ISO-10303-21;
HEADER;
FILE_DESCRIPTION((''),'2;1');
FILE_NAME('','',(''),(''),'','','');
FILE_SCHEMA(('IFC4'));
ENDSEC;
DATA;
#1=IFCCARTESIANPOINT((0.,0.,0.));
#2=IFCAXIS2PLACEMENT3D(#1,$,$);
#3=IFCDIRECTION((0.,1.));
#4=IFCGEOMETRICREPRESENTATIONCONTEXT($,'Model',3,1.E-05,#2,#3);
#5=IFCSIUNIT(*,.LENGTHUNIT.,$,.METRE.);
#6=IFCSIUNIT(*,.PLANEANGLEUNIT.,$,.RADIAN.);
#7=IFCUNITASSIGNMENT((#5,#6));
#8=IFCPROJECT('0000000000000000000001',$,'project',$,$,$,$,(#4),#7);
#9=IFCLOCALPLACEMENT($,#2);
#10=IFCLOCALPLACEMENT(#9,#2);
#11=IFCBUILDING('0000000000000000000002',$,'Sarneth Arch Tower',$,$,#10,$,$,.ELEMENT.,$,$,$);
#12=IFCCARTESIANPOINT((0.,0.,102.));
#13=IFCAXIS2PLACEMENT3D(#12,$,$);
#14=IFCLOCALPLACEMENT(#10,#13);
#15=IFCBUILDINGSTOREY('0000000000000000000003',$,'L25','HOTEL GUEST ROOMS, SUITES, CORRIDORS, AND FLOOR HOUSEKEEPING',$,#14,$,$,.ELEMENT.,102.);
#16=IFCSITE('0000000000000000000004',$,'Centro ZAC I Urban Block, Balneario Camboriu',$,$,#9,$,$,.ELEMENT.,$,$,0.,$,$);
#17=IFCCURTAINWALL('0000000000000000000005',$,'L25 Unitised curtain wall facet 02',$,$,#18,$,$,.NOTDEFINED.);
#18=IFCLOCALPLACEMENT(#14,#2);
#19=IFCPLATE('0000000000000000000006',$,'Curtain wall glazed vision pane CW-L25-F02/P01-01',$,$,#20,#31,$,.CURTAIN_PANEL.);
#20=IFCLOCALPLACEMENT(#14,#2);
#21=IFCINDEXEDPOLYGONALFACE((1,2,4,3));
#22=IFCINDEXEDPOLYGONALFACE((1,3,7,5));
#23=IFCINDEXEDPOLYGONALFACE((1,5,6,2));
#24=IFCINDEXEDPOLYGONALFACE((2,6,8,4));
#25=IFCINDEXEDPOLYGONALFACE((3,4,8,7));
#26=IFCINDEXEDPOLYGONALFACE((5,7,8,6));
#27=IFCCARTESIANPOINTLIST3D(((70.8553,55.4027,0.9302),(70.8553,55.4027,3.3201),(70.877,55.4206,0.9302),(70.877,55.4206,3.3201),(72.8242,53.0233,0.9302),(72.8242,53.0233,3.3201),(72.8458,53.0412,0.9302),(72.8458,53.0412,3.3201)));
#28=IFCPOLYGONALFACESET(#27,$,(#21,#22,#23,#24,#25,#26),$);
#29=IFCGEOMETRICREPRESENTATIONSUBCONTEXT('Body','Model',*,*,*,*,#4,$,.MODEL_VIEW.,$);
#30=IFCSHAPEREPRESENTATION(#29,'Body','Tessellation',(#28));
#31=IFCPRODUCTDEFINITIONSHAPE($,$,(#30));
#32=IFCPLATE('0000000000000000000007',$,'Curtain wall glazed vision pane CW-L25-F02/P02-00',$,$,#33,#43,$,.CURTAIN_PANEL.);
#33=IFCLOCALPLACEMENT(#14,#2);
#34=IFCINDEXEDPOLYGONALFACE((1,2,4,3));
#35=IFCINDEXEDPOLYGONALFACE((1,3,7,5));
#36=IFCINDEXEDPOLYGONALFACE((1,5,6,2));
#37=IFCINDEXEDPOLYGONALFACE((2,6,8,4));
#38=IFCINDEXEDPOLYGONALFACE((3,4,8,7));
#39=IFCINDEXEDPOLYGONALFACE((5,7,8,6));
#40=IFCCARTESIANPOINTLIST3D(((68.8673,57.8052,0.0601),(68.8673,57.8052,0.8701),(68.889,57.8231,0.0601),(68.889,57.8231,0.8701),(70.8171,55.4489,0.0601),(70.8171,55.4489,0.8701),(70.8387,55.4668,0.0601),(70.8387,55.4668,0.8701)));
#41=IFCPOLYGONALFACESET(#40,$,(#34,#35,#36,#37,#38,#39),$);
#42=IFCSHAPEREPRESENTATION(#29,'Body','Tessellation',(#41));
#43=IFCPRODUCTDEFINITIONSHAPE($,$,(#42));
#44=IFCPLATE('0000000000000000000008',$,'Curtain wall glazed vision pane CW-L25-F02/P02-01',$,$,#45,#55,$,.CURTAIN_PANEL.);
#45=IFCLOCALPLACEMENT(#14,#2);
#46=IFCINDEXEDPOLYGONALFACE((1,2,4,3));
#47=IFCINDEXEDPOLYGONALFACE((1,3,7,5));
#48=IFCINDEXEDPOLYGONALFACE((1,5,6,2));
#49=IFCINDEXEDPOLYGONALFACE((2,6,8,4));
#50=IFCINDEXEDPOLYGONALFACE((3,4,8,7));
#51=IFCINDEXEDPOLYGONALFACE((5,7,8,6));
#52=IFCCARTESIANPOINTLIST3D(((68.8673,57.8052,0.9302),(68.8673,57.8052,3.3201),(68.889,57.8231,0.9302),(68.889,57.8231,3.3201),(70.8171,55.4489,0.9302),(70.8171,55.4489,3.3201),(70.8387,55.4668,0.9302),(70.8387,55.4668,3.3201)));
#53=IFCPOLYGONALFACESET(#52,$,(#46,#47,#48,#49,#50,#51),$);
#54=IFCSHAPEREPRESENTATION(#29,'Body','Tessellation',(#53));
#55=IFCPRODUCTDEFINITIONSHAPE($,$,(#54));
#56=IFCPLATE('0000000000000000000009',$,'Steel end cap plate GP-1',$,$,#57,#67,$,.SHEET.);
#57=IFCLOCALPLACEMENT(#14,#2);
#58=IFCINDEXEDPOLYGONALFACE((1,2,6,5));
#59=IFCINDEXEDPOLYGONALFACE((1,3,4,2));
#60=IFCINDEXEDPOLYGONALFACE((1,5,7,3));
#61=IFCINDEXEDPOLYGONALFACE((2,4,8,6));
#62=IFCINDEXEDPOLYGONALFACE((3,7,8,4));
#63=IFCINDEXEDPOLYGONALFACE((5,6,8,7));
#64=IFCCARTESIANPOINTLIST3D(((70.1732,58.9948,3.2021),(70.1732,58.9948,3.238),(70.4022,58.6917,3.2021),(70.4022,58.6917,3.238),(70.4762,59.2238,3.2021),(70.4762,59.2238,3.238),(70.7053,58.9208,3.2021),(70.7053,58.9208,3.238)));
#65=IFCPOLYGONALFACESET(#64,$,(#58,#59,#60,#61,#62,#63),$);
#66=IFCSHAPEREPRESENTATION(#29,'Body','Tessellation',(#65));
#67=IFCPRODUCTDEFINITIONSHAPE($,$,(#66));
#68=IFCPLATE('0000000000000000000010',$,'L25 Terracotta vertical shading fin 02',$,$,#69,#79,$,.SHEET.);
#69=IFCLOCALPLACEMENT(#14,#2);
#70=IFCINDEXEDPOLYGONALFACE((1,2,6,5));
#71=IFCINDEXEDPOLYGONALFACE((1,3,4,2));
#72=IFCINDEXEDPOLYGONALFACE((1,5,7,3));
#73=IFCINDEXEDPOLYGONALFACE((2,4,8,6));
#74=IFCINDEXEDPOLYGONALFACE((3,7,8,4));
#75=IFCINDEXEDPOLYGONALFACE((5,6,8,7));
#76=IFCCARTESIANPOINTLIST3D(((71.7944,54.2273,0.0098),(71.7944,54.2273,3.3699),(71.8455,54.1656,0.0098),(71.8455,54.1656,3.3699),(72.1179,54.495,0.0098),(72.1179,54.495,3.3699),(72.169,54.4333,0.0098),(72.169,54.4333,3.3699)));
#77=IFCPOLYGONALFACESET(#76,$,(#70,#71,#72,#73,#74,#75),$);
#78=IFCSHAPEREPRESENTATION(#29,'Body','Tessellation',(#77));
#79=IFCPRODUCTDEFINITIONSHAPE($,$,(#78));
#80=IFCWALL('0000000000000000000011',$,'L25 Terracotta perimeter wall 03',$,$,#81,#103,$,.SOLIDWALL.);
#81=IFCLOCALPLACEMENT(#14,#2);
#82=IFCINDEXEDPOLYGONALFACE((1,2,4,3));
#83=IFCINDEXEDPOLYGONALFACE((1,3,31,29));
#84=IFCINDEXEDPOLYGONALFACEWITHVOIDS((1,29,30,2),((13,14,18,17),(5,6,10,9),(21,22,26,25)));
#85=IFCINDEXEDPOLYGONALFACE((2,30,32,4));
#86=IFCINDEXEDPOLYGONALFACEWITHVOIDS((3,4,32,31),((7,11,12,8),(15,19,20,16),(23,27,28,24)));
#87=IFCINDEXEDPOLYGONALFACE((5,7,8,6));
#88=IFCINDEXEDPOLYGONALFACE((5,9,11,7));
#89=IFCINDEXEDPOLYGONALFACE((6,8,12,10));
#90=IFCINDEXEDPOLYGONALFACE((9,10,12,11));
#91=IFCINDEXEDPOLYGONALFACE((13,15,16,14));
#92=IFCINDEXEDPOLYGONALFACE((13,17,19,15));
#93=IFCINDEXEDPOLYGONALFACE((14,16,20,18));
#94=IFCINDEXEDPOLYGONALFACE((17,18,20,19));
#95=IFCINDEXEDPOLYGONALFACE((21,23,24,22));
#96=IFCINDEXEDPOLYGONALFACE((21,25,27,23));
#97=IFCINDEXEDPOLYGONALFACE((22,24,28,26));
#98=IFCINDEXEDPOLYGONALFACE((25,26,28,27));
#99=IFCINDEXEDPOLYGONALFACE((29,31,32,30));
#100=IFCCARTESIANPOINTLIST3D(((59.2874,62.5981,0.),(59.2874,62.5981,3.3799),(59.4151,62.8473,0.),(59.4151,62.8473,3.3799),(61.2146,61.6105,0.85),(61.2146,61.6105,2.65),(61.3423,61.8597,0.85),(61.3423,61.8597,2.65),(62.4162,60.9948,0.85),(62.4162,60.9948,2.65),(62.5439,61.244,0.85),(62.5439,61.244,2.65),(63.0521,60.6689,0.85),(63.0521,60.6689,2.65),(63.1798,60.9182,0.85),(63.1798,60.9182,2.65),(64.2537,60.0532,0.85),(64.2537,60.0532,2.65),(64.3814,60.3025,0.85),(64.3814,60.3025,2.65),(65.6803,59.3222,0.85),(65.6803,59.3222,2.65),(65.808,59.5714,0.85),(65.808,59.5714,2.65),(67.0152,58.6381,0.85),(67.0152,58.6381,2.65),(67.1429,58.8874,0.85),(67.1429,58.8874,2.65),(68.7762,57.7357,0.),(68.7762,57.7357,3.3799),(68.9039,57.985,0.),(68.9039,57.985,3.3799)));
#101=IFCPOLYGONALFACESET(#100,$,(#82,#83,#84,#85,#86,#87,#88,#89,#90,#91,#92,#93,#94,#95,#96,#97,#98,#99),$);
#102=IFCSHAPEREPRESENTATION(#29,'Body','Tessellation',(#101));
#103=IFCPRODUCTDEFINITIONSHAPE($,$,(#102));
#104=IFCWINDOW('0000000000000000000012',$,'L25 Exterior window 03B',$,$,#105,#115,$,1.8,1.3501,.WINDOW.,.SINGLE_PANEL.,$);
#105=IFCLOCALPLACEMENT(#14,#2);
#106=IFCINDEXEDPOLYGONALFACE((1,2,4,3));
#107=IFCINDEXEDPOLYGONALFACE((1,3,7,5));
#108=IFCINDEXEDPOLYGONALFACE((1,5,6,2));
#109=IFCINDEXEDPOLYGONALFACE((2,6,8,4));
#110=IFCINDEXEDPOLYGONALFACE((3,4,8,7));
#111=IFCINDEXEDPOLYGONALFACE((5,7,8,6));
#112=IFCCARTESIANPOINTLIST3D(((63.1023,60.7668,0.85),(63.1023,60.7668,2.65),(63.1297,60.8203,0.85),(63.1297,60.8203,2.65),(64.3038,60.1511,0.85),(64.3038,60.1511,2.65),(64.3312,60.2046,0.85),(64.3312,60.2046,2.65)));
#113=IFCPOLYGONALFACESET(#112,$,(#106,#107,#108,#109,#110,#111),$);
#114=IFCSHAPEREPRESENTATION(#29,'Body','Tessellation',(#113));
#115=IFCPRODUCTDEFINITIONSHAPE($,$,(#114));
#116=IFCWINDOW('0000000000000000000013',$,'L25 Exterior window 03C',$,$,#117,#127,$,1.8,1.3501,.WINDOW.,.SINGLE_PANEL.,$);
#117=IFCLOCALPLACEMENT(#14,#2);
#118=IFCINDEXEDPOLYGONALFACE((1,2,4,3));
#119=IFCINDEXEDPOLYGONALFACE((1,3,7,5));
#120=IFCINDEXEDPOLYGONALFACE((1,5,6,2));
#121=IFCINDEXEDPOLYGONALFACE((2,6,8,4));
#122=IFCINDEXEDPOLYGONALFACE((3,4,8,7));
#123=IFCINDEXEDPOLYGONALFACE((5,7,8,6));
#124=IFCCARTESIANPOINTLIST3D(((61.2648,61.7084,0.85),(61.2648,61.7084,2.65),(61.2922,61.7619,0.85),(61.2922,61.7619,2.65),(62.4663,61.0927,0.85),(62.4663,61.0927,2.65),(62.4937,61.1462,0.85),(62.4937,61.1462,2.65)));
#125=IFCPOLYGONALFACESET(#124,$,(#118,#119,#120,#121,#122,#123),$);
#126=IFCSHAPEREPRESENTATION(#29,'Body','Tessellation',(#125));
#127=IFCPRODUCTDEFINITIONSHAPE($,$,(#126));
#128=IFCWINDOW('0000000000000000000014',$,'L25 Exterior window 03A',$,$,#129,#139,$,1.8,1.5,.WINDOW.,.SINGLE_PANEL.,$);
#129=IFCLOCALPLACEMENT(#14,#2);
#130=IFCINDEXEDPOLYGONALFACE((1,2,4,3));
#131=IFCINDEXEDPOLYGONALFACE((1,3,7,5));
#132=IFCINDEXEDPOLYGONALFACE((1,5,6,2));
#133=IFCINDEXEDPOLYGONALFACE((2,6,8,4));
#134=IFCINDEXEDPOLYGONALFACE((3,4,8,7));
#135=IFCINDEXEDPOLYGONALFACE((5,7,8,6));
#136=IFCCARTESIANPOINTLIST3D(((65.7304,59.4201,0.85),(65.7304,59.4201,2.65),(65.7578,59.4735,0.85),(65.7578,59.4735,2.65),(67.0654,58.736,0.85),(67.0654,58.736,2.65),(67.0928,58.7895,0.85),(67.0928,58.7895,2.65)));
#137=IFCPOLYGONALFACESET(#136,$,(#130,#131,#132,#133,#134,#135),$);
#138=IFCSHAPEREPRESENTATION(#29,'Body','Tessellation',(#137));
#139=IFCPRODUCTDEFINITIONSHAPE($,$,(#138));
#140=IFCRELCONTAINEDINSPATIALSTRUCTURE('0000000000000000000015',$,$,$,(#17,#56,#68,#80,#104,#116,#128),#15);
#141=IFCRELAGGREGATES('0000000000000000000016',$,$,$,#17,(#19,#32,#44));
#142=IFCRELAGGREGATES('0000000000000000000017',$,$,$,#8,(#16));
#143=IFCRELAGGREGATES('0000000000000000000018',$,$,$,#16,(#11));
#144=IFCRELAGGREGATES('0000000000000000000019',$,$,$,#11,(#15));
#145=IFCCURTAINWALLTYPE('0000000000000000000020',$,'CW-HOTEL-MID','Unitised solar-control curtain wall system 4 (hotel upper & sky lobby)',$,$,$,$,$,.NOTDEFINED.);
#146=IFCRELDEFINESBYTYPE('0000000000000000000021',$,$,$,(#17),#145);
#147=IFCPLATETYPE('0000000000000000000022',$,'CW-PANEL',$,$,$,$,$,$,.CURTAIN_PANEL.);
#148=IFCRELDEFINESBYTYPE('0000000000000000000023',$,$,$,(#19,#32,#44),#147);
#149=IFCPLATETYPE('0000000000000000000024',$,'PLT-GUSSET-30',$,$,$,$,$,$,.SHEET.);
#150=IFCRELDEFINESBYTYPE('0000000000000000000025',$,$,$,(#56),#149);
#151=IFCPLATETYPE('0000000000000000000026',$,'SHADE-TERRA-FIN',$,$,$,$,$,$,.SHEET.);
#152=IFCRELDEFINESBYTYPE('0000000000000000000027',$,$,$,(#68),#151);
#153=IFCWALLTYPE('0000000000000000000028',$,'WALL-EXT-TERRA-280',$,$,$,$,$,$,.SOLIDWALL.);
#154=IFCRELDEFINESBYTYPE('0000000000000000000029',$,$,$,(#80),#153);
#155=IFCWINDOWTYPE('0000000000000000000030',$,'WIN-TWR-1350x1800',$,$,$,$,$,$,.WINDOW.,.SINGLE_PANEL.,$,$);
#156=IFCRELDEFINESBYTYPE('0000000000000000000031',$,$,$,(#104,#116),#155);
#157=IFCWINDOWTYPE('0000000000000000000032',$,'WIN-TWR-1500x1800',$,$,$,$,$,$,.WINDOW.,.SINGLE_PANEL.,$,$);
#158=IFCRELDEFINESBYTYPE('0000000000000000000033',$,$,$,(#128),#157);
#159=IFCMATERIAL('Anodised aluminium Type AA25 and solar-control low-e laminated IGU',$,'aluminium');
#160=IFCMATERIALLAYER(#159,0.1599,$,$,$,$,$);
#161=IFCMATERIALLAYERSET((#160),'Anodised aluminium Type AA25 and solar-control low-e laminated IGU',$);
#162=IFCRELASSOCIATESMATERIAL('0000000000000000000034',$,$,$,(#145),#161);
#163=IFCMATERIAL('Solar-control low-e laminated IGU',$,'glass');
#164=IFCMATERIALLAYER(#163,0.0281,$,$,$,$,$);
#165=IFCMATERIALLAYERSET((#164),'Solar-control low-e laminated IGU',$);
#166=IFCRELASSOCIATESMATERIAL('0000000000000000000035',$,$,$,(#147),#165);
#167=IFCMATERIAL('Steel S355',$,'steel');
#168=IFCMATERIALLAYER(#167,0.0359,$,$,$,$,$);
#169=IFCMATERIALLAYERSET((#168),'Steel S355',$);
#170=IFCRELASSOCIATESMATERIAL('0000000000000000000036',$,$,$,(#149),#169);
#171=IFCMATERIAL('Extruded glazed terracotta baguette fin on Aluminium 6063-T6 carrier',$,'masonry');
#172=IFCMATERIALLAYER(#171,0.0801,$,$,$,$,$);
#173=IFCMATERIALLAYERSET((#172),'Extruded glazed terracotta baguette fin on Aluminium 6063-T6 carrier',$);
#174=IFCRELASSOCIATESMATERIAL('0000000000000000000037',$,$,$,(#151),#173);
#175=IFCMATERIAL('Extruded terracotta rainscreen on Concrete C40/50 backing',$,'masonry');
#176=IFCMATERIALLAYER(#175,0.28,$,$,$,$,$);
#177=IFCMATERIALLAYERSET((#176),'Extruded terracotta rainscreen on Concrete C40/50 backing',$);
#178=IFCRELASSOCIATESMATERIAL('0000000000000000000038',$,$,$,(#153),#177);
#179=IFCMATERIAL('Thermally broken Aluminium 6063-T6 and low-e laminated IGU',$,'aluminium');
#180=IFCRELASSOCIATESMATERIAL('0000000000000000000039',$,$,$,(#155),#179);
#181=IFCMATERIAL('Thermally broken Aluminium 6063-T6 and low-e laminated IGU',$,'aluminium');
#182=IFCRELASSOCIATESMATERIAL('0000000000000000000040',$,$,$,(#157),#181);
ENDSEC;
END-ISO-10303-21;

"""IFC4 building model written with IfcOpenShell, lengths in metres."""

from ifc_helpers import new_model, si_unit, direction, frame, frame_2d, origin, origin_2d, place, context, subcontext, project, spatial, rectangle, extrude, material, layer, layer_set, type_object, element, fill, aggregate, save


model = new_model("IFC4")

# Units and contexts
model_context = context("Model", 3, precision=1e-05, world=origin(), true_north=direction((0.0, 1.0)))
body_context = subcontext(model_context, "Body", "Model", "MODEL_VIEW")
ifc_project = project(units=[si_unit("LENGTHUNIT", "METRE"), si_unit("PLANEANGLEUNIT", "RADIAN")], contexts=[model_context])

# Site, building, storey
site_placement = place(None, origin())
site = spatial("IfcSite", under=ifc_project, at=site_placement, Name="Centro ZAC I Urban Block, Balneario Camboriu", CompositionType="ELEMENT", RefElevation=0.0)
building_placement = place(site_placement, origin())
building = spatial("IfcBuilding", under=site, at=building_placement, Name="Sarneth Arch Tower", CompositionType="ELEMENT")
storey_placement = place(building_placement, frame((0.0, 0.0, 102.0)))
storey = spatial("IfcBuildingStorey", under=building, at=storey_placement, Name="L25", Description="HOTEL GUEST ROOMS, SUITES, CORRIDORS, AND FLOOR HOUSEKEEPING", CompositionType="ELEMENT", Elevation=102.0)

# Curtain wall
ifc_material_1 = material(Name="Anodised aluminium Type AA25 and solar-control low-e laminated IGU", Category="aluminium")
ifc_layer_1 = layer(ifc_material_1, 0.1599)
ifc_layer_set_1 = layer_set([ifc_layer_1], Name="Anodised aluminium Type AA25 and solar-control low-e laminated IGU")
curtain_wall_type = type_object("IfcCurtainWallType", Name="CW-HOTEL-MID", Description="Unitised solar-control curtain wall system 4 (hotel upper & sky lobby)", PredefinedType="NOTDEFINED", material=ifc_layer_set_1)
curtain_wall_placement = place(storey_placement, origin())
curtain_wall = element("IfcCurtainWall", 1, at=curtain_wall_placement, inside=storey, type_object=curtain_wall_type, Name="L25 Unitised curtain wall facet 02", PredefinedType="NOTDEFINED")

# Plates
ifc_material_2 = material(Name="Solar-control low-e laminated IGU", Category="glass")
ifc_layer_2 = layer(ifc_material_2, 0.0281)
ifc_layer_set_2 = layer_set([ifc_layer_2], Name="Solar-control low-e laminated IGU")
plate_type_1 = type_object("IfcPlateType", Name="CW-PANEL", PredefinedType="CURTAIN_PANEL", material=ifc_layer_set_2)
plate_1_placement = place(storey_placement, frame((71.8506, 54.2219, 0.9302), z_axis=(0.0, 0.0, 1.0), x_axis=(-0.637515, 0.770438, 0.0)))
plate_1 = element("IfcPlate", 2, at=plate_1_placement, type_object=plate_type_1, Name="Curtain wall glazed vision pane CW-L25-F02/P01-01", PredefinedType="CURTAIN_PANEL", context=body_context, shape_type="SweptSolid", body=[
    extrude(rectangle(XDim=3.0884, YDim=0.0281, at=origin_2d()), origin(), (0.0, 0.0, 1.0), 2.3899),
])
plate_2_placement = place(storey_placement, frame((69.853, 56.636, 0.0601), z_axis=(0.0, 0.0, 1.0), x_axis=(-0.637515, 0.770438, 0.0)))
plate_2 = element("IfcPlate", 3, at=plate_2_placement, type_object=plate_type_1, Name="Curtain wall glazed vision pane CW-L25-F02/P02-00", PredefinedType="CURTAIN_PANEL", context=body_context, shape_type="SweptSolid", body=[
    extrude(rectangle(XDim=3.0583, YDim=0.0281, at=origin_2d()), origin(), (0.0, 0.0, 1.0), 0.8101),
])
plate_3_placement = place(storey_placement, frame((69.853, 56.636, 0.9302), z_axis=(0.0, 0.0, 1.0), x_axis=(-0.637515, 0.770438, 0.0)))
plate_3 = element("IfcPlate", 4, at=plate_3_placement, type_object=plate_type_1, Name="Curtain wall glazed vision pane CW-L25-F02/P02-01", PredefinedType="CURTAIN_PANEL", context=body_context, shape_type="SweptSolid", body=[
    extrude(rectangle(XDim=3.0583, YDim=0.0281, at=origin_2d()), origin(), (0.0, 0.0, 1.0), 2.3899),
])
aggregate(curtain_wall, [plate_1, plate_2, plate_3])

# Plates
ifc_material_3 = material(Name="Steel S355", Category="steel")
ifc_layer_3 = layer(ifc_material_3, 0.0359)
ifc_layer_set_3 = layer_set([ifc_layer_3], Name="Steel S355")
plate_type_2 = type_object("IfcPlateType", Name="PLT-GUSSET-30", PredefinedType="SHEET", material=ifc_layer_set_3)
plate_4_placement = place(storey_placement, frame((70.4392, 58.9578, 3.2021), z_axis=(0.0, 0.0, 1.0), x_axis=(0.797794, 0.60293, 0.0)))
element("IfcPlate", 5, at=plate_4_placement, inside=storey, type_object=plate_type_2, Name="Steel end cap plate GP-1", PredefinedType="SHEET", context=body_context, shape_type="SweptSolid", body=[
    extrude(rectangle(XDim=0.3799, YDim=0.3799, at=origin_2d()), origin(), (0.0, 0.0, 1.0), 0.0359),
])
ifc_material_4 = material(Name="Extruded glazed terracotta baguette fin on Aluminium 6063-T6 carrier", Category="masonry")
ifc_layer_4 = layer(ifc_material_4, 0.0801)
ifc_layer_set_4 = layer_set([ifc_layer_4], Name="Extruded glazed terracotta baguette fin on Aluminium 6063-T6 carrier")
plate_type_3 = type_object("IfcPlateType", Name="SHADE-TERRA-FIN", PredefinedType="SHEET", material=ifc_layer_set_4)
plate_5_placement = place(storey_placement, frame((71.9817, 54.3303, 0.0098), z_axis=(0.0, 0.0, 1.0), x_axis=(0.770402, 0.637558, 0.0)))
element("IfcPlate", 6, at=plate_5_placement, inside=storey, type_object=plate_type_3, Name="L25 Terracotta vertical shading fin 02", PredefinedType="SHEET", context=body_context, shape_type="SweptSolid", body=[
    extrude(rectangle(XDim=0.4199, YDim=0.0801, at=origin_2d()), origin(), (0.0, 0.0, 1.0), 3.3601),
])

# Wall, openings, windows
ifc_material_5 = material(Name="Extruded terracotta rainscreen on Concrete C40/50 backing", Category="masonry")
ifc_layer_5 = layer(ifc_material_5, 0.28)
ifc_layer_set_5 = layer_set([ifc_layer_5], Name="Extruded terracotta rainscreen on Concrete C40/50 backing")
wall_type = type_object("IfcWallType", Name="WALL-EXT-TERRA-280", PredefinedType="SOLIDWALL", material=ifc_layer_set_5)
wall_placement = place(storey_placement, frame((68.8401, 57.8604, 0.0), z_axis=(0.0, 0.0, 1.0), x_axis=(-0.88996, 0.45604, 0.0)))
wall = element("IfcWall", 7, at=wall_placement, inside=storey, type_object=wall_type, Name="L25 Terracotta perimeter wall 03", PredefinedType="SOLIDWALL", context=body_context, shape_type="SweptSolid", body=[
    extrude(rectangle(XDim=10.6621, YDim=0.28, at=frame_2d((5.3311, 0.0))), origin(), (0.0, 0.0, 1.0), 3.3799),
])
opening_1_placement = place(wall_placement, frame((1.9788, 0.0, 0.8501)))
opening_1 = element("IfcOpeningElement", 8, at=opening_1_placement, cuts=wall, PredefinedType="OPENING", context=body_context, shape_type="SweptSolid", body=[
    extrude(rectangle(XDim=1.5, YDim=1.8, at=frame_2d((0.75, 0.8999))), frame((0.0, 0.1499, 0.0), z_axis=(0.0, -1.0, 0.0), x_axis=(1.0, 0.0, 0.0)), (0.0, 0.0, 1.0), 0.3),
])
opening_2_placement = place(wall_placement, frame((5.0818, 0.0, 0.8501)))
opening_2 = element("IfcOpeningElement", 9, at=opening_2_placement, cuts=wall, PredefinedType="OPENING", context=body_context, shape_type="SweptSolid", body=[
    extrude(rectangle(XDim=1.3501, YDim=1.8, at=frame_2d((0.675, 0.8999))), frame((0.0, 0.1499, 0.0), z_axis=(0.0, -1.0, 0.0), x_axis=(1.0, 0.0, 0.0)), (0.0, 0.0, 1.0), 0.3),
])
opening_3_placement = place(wall_placement, frame((7.1465, 0.0, 0.8501)))
opening_3 = element("IfcOpeningElement", 10, at=opening_3_placement, cuts=wall, PredefinedType="OPENING", context=body_context, shape_type="SweptSolid", body=[
    extrude(rectangle(XDim=1.3501, YDim=1.8, at=frame_2d((0.675, 0.8999))), frame((0.0, 0.1499, 0.0), z_axis=(0.0, -1.0, 0.0), x_axis=(1.0, 0.0, 0.0)), (0.0, 0.0, 1.0), 0.3),
])
ifc_material_6 = material(Name="Thermally broken Aluminium 6063-T6 and low-e laminated IGU", Category="aluminium")
window_type_1 = type_object("IfcWindowType", Name="WIN-TWR-1350x1800", PartitioningType="SINGLE_PANEL", PredefinedType="WINDOW", material=ifc_material_6)
window_1_placement = place(opening_2_placement, origin())
window_1 = element("IfcWindow", 11, at=window_1_placement, inside=storey, type_object=window_type_1, Name="L25 Exterior window 03B", OverallHeight=1.8, OverallWidth=1.3501, PartitioningType="SINGLE_PANEL", PredefinedType="WINDOW", context=body_context, shape_type="SweptSolid", body=[
    extrude(rectangle(XDim=1.3501, YDim=1.8, at=frame_2d((0.675, 0.8999))), frame((0.0, 0.03, 0.0), z_axis=(0.0, -1.0, 0.0), x_axis=(1.0, 0.0, 0.0)), (0.0, 0.0, 1.0), 0.0601),
])
fill(opening_2, window_1)
window_2_placement = place(opening_3_placement, origin())
window_2 = element("IfcWindow", 12, at=window_2_placement, inside=storey, type_object=window_type_1, Name="L25 Exterior window 03C", OverallHeight=1.8, OverallWidth=1.3501, PartitioningType="SINGLE_PANEL", PredefinedType="WINDOW", context=body_context, shape_type="SweptSolid", body=[
    extrude(rectangle(XDim=1.3501, YDim=1.8, at=frame_2d((0.675, 0.8999))), frame((0.0, 0.03, 0.0), z_axis=(0.0, -1.0, 0.0), x_axis=(1.0, 0.0, 0.0)), (0.0, 0.0, 1.0), 0.0601),
])
fill(opening_3, window_2)
ifc_material_7 = material(Name="Thermally broken Aluminium 6063-T6 and low-e laminated IGU", Category="aluminium")
window_type_2 = type_object("IfcWindowType", Name="WIN-TWR-1500x1800", PartitioningType="SINGLE_PANEL", PredefinedType="WINDOW", material=ifc_material_7)
window_3_placement = place(opening_1_placement, origin())
window_3 = element("IfcWindow", 13, at=window_3_placement, inside=storey, type_object=window_type_2, Name="L25 Exterior window 03A", OverallHeight=1.8, OverallWidth=1.5, PartitioningType="SINGLE_PANEL", PredefinedType="WINDOW", context=body_context, shape_type="SweptSolid", body=[
    extrude(rectangle(XDim=1.5, YDim=1.8, at=frame_2d((0.75, 0.8999))), frame((0.0, 0.03, 0.0), z_axis=(0.0, -1.0, 0.0), x_axis=(1.0, 0.0, 0.0)), (0.0, 0.0, 1.0), 0.0601),
])
fill(opening_1, window_3)

save(model, "model.ifc")
